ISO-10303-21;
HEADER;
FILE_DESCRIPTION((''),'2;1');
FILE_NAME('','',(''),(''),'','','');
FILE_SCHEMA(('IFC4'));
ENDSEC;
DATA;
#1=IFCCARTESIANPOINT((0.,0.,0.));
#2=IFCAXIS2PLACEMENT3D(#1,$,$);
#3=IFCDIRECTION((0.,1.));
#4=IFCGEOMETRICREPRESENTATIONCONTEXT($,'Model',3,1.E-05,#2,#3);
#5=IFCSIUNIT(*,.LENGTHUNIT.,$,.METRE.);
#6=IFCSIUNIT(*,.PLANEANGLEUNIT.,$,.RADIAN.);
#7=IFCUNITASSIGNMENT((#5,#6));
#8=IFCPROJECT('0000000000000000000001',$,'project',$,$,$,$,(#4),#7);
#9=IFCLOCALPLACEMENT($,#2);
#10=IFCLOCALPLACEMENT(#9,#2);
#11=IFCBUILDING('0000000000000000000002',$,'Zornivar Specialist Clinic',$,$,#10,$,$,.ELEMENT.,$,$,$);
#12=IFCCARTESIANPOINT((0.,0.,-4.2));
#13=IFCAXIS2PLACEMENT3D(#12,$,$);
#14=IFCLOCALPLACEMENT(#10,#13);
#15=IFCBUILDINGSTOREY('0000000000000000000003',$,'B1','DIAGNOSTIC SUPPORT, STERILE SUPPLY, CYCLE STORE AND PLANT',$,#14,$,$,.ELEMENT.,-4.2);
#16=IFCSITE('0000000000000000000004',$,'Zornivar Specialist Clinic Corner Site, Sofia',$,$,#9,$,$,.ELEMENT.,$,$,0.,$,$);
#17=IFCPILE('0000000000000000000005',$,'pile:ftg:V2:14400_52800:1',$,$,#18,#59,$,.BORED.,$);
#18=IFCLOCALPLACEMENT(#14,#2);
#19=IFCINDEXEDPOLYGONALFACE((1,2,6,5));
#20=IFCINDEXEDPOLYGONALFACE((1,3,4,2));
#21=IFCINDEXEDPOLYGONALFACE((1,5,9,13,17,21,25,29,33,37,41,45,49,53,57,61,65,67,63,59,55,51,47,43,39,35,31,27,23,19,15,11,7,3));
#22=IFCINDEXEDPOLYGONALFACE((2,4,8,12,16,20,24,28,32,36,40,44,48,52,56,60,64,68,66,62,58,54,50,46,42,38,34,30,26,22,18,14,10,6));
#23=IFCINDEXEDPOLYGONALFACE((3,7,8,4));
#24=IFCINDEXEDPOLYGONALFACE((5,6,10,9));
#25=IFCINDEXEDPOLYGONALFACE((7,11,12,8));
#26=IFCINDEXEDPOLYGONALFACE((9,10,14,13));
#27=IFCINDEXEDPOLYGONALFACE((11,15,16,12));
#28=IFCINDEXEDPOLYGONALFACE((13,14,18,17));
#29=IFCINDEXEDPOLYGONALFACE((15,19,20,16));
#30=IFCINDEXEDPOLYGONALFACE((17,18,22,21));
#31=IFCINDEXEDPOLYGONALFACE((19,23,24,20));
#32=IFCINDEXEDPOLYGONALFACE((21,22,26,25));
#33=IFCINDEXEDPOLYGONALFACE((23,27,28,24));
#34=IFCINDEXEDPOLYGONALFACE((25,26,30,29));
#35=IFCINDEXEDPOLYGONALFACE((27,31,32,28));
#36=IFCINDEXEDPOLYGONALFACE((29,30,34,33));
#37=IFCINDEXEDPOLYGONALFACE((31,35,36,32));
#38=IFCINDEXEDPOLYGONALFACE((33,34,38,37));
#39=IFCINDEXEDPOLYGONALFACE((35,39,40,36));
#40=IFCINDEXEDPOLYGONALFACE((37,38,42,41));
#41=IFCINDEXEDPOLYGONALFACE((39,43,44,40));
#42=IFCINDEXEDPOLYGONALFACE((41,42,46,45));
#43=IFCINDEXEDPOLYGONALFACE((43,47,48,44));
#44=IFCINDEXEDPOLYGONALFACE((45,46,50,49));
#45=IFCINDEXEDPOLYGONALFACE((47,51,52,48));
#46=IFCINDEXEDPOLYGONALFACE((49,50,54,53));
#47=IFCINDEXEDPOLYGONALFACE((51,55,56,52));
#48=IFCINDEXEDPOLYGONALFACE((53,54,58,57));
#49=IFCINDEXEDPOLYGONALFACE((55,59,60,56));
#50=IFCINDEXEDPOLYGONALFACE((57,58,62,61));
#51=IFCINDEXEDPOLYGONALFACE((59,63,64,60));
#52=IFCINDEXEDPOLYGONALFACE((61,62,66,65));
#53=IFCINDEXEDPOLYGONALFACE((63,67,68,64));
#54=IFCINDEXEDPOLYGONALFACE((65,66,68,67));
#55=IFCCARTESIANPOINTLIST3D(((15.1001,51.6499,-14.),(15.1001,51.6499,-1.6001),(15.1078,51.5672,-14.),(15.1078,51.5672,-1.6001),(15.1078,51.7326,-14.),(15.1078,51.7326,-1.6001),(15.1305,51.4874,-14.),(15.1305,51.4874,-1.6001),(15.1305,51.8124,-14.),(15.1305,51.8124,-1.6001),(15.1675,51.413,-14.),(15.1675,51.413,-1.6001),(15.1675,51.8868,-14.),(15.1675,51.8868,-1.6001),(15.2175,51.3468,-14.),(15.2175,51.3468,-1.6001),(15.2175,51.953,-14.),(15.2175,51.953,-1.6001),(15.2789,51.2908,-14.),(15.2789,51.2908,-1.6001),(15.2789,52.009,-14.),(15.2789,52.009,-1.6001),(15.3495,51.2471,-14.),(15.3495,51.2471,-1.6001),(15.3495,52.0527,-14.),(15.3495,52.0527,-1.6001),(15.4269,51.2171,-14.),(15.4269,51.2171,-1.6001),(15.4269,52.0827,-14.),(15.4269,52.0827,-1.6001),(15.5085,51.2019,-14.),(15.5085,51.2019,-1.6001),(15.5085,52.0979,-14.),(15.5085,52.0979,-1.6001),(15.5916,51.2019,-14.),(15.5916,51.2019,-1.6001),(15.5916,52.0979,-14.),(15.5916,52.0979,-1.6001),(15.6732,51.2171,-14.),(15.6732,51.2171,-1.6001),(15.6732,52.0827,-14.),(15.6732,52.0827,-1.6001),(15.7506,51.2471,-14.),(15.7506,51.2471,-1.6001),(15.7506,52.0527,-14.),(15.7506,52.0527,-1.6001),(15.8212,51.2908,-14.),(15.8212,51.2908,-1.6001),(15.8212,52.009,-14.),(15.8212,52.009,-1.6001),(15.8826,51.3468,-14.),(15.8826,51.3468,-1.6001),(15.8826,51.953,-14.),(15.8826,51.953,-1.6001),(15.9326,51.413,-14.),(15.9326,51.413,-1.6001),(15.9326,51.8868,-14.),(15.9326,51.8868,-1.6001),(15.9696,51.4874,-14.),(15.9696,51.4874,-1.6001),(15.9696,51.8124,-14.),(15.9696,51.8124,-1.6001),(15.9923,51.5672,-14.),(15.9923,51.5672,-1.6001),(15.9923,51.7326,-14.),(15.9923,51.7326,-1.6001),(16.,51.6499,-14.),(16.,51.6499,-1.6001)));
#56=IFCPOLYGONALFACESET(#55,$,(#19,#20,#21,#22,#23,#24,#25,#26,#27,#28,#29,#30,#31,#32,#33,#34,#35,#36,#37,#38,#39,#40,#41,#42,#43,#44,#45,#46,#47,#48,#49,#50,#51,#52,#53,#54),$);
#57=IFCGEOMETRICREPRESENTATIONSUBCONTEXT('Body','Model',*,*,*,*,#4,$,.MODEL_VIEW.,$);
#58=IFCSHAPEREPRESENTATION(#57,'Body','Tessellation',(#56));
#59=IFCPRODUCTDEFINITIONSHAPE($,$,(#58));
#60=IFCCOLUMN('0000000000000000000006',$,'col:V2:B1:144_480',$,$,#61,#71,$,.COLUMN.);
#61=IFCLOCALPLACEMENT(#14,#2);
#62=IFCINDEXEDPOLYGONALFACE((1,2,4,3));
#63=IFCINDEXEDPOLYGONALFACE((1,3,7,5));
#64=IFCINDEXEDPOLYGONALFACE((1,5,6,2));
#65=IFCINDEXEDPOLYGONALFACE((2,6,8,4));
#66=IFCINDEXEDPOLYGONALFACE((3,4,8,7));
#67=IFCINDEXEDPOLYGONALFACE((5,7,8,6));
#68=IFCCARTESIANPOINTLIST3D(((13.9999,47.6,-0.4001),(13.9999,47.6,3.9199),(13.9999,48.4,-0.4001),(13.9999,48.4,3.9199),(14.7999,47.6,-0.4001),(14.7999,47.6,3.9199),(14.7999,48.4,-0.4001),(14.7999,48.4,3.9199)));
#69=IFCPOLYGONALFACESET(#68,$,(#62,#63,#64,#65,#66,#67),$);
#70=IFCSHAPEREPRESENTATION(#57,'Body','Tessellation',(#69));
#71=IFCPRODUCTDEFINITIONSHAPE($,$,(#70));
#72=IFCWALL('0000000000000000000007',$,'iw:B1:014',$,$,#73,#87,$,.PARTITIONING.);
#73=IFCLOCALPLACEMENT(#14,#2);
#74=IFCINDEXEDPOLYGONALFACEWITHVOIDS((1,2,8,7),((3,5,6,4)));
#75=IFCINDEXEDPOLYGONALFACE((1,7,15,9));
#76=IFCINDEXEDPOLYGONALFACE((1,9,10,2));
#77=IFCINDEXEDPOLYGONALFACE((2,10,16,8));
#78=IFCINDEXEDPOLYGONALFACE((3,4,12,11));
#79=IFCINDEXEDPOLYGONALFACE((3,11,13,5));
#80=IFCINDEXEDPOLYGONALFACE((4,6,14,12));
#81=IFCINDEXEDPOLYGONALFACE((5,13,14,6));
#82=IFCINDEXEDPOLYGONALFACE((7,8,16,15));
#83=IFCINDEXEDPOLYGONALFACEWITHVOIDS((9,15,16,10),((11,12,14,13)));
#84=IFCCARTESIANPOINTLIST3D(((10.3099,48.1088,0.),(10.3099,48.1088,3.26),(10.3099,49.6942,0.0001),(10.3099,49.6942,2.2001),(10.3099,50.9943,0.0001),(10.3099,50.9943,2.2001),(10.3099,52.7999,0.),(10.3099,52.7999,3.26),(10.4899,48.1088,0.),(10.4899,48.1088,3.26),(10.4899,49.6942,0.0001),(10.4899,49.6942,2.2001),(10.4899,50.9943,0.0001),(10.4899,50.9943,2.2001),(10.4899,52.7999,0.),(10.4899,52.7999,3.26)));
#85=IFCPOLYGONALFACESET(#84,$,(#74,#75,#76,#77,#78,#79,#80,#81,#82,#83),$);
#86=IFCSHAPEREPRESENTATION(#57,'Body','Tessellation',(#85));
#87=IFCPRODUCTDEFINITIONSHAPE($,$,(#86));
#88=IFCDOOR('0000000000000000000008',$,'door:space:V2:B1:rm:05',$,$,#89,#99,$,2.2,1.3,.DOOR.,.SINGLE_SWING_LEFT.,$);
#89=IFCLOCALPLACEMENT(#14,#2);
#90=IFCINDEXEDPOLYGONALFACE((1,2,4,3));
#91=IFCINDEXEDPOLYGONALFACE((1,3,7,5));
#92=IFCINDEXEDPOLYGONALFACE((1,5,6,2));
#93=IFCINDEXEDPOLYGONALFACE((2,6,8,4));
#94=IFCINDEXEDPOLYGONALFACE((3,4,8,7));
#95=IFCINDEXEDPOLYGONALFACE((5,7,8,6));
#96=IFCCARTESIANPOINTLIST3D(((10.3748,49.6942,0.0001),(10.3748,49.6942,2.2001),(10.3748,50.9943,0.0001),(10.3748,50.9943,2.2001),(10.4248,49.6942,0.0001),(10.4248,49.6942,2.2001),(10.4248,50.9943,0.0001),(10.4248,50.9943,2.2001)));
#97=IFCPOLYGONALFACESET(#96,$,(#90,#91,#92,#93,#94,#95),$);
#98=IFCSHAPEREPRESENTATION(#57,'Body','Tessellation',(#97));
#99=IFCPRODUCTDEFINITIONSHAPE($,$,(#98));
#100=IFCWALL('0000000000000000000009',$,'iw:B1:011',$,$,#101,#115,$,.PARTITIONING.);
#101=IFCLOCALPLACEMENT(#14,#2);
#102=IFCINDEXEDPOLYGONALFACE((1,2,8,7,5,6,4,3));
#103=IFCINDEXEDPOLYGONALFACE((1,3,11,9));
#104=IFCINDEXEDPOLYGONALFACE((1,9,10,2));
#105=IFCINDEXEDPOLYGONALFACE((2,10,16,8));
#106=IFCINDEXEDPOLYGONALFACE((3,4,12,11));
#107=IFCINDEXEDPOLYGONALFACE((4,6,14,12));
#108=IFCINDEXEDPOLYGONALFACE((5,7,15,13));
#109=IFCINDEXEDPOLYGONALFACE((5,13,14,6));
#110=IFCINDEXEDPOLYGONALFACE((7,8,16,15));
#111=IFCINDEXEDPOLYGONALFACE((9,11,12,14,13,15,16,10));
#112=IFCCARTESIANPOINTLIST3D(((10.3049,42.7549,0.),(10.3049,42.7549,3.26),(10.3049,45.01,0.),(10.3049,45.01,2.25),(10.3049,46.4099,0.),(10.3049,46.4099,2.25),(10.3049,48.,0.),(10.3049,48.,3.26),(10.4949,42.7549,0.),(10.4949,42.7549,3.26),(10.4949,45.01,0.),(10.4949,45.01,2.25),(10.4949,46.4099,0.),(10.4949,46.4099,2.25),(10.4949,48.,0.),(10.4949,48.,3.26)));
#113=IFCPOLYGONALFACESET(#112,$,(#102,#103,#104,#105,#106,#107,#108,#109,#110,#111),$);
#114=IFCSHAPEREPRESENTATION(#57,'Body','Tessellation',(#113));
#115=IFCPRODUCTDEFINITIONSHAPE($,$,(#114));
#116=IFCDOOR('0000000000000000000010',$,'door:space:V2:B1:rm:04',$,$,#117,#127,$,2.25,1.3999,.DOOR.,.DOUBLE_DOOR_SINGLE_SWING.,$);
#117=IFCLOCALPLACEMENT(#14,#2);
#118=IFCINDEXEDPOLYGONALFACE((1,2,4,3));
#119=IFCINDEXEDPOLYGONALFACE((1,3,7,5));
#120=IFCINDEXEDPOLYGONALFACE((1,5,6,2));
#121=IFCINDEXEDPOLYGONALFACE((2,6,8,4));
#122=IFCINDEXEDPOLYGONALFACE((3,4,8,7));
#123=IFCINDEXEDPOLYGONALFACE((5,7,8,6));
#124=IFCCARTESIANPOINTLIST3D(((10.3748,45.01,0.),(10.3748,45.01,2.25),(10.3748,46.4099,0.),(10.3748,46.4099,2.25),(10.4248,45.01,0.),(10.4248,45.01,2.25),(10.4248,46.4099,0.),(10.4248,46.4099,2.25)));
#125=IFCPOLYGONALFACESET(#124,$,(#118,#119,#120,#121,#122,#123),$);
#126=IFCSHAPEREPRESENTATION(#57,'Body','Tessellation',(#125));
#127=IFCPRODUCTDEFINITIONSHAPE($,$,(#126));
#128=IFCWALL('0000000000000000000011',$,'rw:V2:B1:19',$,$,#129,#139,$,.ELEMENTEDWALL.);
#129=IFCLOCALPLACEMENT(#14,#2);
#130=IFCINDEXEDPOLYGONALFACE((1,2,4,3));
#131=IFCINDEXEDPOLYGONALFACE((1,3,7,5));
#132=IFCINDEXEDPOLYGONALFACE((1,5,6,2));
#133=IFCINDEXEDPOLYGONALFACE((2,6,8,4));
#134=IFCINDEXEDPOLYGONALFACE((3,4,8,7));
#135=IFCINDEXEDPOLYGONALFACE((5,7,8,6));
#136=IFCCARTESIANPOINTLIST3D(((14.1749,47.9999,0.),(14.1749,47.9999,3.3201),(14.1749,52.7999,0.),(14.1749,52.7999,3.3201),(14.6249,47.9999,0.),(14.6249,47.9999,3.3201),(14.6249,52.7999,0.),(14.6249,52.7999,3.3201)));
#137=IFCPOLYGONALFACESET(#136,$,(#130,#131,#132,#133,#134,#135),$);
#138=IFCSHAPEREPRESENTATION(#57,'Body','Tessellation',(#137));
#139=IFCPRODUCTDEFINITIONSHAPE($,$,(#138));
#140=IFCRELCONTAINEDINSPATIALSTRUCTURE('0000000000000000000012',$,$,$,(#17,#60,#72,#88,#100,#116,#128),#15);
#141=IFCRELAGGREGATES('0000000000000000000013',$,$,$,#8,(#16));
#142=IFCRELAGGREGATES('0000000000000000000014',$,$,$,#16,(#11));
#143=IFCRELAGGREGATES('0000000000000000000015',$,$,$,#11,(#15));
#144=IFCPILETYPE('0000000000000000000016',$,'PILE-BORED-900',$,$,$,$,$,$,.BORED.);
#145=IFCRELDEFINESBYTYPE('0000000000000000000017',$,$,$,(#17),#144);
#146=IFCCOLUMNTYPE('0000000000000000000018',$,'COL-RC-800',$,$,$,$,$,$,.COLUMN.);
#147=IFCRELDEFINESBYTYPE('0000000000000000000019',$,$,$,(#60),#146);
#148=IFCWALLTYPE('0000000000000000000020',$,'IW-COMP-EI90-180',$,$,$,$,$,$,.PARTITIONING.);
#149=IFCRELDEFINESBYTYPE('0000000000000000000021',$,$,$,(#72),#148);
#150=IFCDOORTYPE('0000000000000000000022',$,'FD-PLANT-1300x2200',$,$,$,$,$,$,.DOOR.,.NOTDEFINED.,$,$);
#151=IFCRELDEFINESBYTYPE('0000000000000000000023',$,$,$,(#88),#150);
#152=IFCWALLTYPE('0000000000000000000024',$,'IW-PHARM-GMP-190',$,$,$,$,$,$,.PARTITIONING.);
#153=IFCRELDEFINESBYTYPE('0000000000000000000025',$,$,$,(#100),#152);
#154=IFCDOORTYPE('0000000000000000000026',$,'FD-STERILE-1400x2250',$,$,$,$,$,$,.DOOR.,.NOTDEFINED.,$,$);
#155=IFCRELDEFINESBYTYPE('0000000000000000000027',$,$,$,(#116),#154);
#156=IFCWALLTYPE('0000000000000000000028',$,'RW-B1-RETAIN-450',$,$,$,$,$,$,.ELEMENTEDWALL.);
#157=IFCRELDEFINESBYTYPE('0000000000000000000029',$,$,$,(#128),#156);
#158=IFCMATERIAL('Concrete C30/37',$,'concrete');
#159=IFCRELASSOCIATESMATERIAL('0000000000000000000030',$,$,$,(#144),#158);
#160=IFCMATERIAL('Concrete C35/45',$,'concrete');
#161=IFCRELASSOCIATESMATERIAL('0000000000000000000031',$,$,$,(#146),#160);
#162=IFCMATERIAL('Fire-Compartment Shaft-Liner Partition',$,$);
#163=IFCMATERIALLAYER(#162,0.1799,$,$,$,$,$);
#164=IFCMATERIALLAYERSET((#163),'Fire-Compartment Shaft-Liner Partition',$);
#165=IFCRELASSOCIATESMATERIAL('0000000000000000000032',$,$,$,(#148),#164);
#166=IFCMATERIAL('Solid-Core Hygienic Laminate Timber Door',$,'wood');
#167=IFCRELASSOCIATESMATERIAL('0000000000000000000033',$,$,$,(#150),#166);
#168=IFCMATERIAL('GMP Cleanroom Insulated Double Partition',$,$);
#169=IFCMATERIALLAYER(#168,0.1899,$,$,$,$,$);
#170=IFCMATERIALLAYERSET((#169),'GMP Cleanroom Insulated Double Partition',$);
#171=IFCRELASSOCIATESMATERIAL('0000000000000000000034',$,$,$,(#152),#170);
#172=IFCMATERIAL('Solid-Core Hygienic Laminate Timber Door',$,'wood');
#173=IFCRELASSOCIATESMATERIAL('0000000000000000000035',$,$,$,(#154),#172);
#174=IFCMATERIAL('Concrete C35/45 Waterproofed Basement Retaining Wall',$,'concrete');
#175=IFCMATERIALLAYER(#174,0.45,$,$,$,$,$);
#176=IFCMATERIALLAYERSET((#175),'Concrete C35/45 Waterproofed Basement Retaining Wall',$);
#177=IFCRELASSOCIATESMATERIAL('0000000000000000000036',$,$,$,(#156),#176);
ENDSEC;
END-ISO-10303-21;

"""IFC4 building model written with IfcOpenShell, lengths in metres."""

from ifc_helpers import new_model, si_unit, direction, frame, frame_2d, origin, origin_2d, place, context, subcontext, project, spatial, rectangle, circle, extrude, material, layer, layer_set, material_profile, profile_set, type_object, element, fill, save


model = new_model("IFC4")

# Units and contexts
model_context = context("Model", 3, precision=1e-05, world=origin(), true_north=direction((0.0, 1.0)))
body_context = subcontext(model_context, "Body", "Model", "MODEL_VIEW")
ifc_project = project(units=[si_unit("LENGTHUNIT", "METRE"), si_unit("PLANEANGLEUNIT", "RADIAN")], contexts=[model_context])

# Site, building, storey
site_placement = place(None, origin())
site = spatial("IfcSite", under=ifc_project, at=site_placement, Name="Zornivar Specialist Clinic Corner Site, Sofia", CompositionType="ELEMENT", RefElevation=0.0)
building_placement = place(site_placement, origin())
building = spatial("IfcBuilding", under=site, at=building_placement, Name="Zornivar Specialist Clinic", CompositionType="ELEMENT")
storey_placement = place(building_placement, frame((0.0, 0.0, -4.2)))
storey = spatial("IfcBuildingStorey", under=building, at=storey_placement, Name="B1", Description="DIAGNOSTIC SUPPORT, STERILE SUPPLY, CYCLE STORE AND PLANT", CompositionType="ELEMENT", Elevation=-4.2)

# Pile
ifc_material_1 = material(Name="Concrete C30/37", Category="concrete")
ifc_material_profile_1 = material_profile(ifc_material_1, circle(Radius=0.45, at=origin_2d()), Name="PILE D900")
ifc_profile_set_1 = profile_set([ifc_material_profile_1], Name="Concrete C30/37")
pile_type_1 = type_object("IfcPileType", Name="PILE-BORED-900", PredefinedType="BORED", material=ifc_profile_set_1)
for number, where, z_axis, x_axis, name in (
    (1, (15.55, 51.6499, -1.6001), (0.0, 0.0, -1.0), (1.0, 0.0, 0.0), "pile:ftg:V2:14400_52800:1"),
):
    element("IfcPile", number, at=place(storey_placement, frame(where, z_axis=z_axis, x_axis=x_axis)), inside=storey, type_object=pile_type_1, Name=name, PredefinedType="BORED", context=body_context, shape_type="SweptSolid", body=[
        extrude(circle(Radius=0.45, at=origin_2d()), origin(), (0.0, 0.0, 1.0), 12.3999),
    ])

# Column
ifc_material_2 = material(Name="Concrete C35/45", Category="concrete")
ifc_material_profile_2 = material_profile(ifc_material_2, rectangle(XDim=0.8, YDim=0.8, at=origin_2d()), Name="RC 800x800")
ifc_profile_set_2 = profile_set([ifc_material_profile_2], Name="Concrete C35/45")
column_type = type_object("IfcColumnType", Name="COL-RC-800", PredefinedType="COLUMN", material=ifc_profile_set_2)
column_placement = place(storey_placement, frame((14.3999, 48.0, -0.4001), z_axis=(0.0, 0.0, 1.0), x_axis=(1.0, 0.0, 0.0)))
element("IfcColumn", 2, at=column_placement, inside=storey, type_object=column_type, Name="col:V2:B1:144_480", PredefinedType="COLUMN", context=body_context, shape_type="SweptSolid", body=[
    extrude(rectangle(XDim=0.8, YDim=0.8, at=origin_2d()), origin(), (0.0, 0.0, 1.0), 4.3201),
])

# Walls, openings, doors
ifc_material_3 = material(Name="Fire-Compartment Shaft-Liner Partition")
ifc_layer_1 = layer(ifc_material_3, 0.1799)
ifc_layer_set_1 = layer_set([ifc_layer_1], Name="Fire-Compartment Shaft-Liner Partition")
wall_type_1 = type_object("IfcWallType", Name="IW-COMP-EI90-180", PredefinedType="PARTITIONING", material=ifc_layer_set_1)
wall_1_placement = place(storey_placement, frame((10.3999, 52.8, 0.0), z_axis=(0.0, 0.0, 1.0), x_axis=(0.0, -1.0, 0.0)))
wall_1 = element("IfcWall", 3, at=wall_1_placement, inside=storey, type_object=wall_type_1, Name="iw:B1:014", PredefinedType="PARTITIONING", context=body_context, shape_type="SweptSolid", body=[
    extrude(rectangle(XDim=4.6912, YDim=0.1799, at=frame_2d((2.3457, 0.0))), origin(), (0.0, 0.0, 1.0), 3.26),
])
opening_1_placement = place(wall_1_placement, frame((1.8059, 0.0, 0.0)))
opening_1 = element("IfcOpeningElement", 4, at=opening_1_placement, cuts=wall_1, PredefinedType="OPENING", context=body_context, shape_type="SweptSolid", body=[
    extrude(rectangle(XDim=1.3, YDim=2.2, at=frame_2d((0.6499, 1.1001))), frame((0.0, 0.0999, 0.0), z_axis=(0.0, -1.0, 0.0), x_axis=(1.0, 0.0, 0.0)), (0.0, 0.0, 1.0), 0.2),
])
ifc_material_4 = material(Name="Solid-Core Hygienic Laminate Timber Door", Category="wood")
door_type_1 = type_object("IfcDoorType", Name="FD-PLANT-1300x2200", OperationType="NOTDEFINED", PredefinedType="DOOR", material=ifc_material_4)
door_1_placement = place(opening_1_placement, origin())
door_1 = element("IfcDoor", 5, at=door_1_placement, inside=storey, type_object=door_type_1, Name="door:space:V2:B1:rm:05", OperationType="SINGLE_SWING_LEFT", OverallHeight=2.2, OverallWidth=1.3, PredefinedType="DOOR", context=body_context, shape_type="SweptSolid", body=[
    extrude(rectangle(XDim=1.3, YDim=2.2, at=frame_2d((0.6499, 1.1001))), frame((0.0, 0.0249, 0.0), z_axis=(0.0, -1.0, 0.0), x_axis=(1.0, 0.0, 0.0)), (0.0, 0.0, 1.0), 0.05),
])
fill(opening_1, door_1)
ifc_material_5 = material(Name="GMP Cleanroom Insulated Double Partition")
ifc_layer_2 = layer(ifc_material_5, 0.1899)
ifc_layer_set_2 = layer_set([ifc_layer_2], Name="GMP Cleanroom Insulated Double Partition")
wall_type_2 = type_object("IfcWallType", Name="IW-PHARM-GMP-190", PredefinedType="PARTITIONING", material=ifc_layer_set_2)
wall_2_placement = place(storey_placement, frame((10.3999, 48.0, 0.0), z_axis=(0.0, 0.0, 1.0), x_axis=(0.0, -1.0, 0.0)))
wall_2 = element("IfcWall", 6, at=wall_2_placement, inside=storey, type_object=wall_type_2, Name="iw:B1:011", PredefinedType="PARTITIONING", context=body_context, shape_type="SweptSolid", body=[
    extrude(rectangle(XDim=5.2451, YDim=0.1899, at=frame_2d((2.6226, 0.0))), origin(), (0.0, 0.0, 1.0), 3.26),
])
opening_2_placement = place(wall_2_placement, frame((1.5901, 0.0, 0.0)))
opening_2 = element("IfcOpeningElement", 7, at=opening_2_placement, cuts=wall_2, PredefinedType="OPENING", context=body_context, shape_type="SweptSolid", body=[
    extrude(rectangle(XDim=1.3999, YDim=2.25, at=frame_2d((0.7, 1.125))), frame((0.0, 0.105, 0.0), z_axis=(0.0, -1.0, 0.0), x_axis=(1.0, 0.0, 0.0)), (0.0, 0.0, 1.0), 0.21),
])
ifc_material_6 = material(Name="Solid-Core Hygienic Laminate Timber Door", Category="wood")
door_type_2 = type_object("IfcDoorType", Name="FD-STERILE-1400x2250", OperationType="NOTDEFINED", PredefinedType="DOOR", material=ifc_material_6)
door_2_placement = place(opening_2_placement, origin())
door_2 = element("IfcDoor", 8, at=door_2_placement, inside=storey, type_object=door_type_2, Name="door:space:V2:B1:rm:04", OperationType="DOUBLE_DOOR_SINGLE_SWING", OverallHeight=2.25, OverallWidth=1.3999, PredefinedType="DOOR", context=body_context, shape_type="SweptSolid", body=[
    extrude(rectangle(XDim=1.3999, YDim=2.25, at=frame_2d((0.7, 1.125))), frame((0.0, 0.0249, 0.0), z_axis=(0.0, -1.0, 0.0), x_axis=(1.0, 0.0, 0.0)), (0.0, 0.0, 1.0), 0.05),
])
fill(opening_2, door_2)

# Wall
ifc_material_7 = material(Name="Concrete C35/45 Waterproofed Basement Retaining Wall", Category="concrete")
ifc_layer_3 = layer(ifc_material_7, 0.45)
ifc_layer_set_3 = layer_set([ifc_layer_3], Name="Concrete C35/45 Waterproofed Basement Retaining Wall")
wall_type_3 = type_object("IfcWallType", Name="RW-B1-RETAIN-450", PredefinedType="ELEMENTEDWALL", material=ifc_layer_set_3)
wall_3_placement = place(storey_placement, frame((14.3999, 48.0, 0.0), z_axis=(0.0, 0.0, 1.0), x_axis=(0.0, 1.0, 0.0)))
element("IfcWall", 9, at=wall_3_placement, inside=storey, type_object=wall_type_3, Name="rw:V2:B1:19", PredefinedType="ELEMENTEDWALL", context=body_context, shape_type="SweptSolid", body=[
    extrude(rectangle(XDim=4.8, YDim=0.45, at=frame_2d((2.3999, 0.0))), origin(), (0.0, 0.0, 1.0), 3.3201),
])

save(model, "model.ifc")
